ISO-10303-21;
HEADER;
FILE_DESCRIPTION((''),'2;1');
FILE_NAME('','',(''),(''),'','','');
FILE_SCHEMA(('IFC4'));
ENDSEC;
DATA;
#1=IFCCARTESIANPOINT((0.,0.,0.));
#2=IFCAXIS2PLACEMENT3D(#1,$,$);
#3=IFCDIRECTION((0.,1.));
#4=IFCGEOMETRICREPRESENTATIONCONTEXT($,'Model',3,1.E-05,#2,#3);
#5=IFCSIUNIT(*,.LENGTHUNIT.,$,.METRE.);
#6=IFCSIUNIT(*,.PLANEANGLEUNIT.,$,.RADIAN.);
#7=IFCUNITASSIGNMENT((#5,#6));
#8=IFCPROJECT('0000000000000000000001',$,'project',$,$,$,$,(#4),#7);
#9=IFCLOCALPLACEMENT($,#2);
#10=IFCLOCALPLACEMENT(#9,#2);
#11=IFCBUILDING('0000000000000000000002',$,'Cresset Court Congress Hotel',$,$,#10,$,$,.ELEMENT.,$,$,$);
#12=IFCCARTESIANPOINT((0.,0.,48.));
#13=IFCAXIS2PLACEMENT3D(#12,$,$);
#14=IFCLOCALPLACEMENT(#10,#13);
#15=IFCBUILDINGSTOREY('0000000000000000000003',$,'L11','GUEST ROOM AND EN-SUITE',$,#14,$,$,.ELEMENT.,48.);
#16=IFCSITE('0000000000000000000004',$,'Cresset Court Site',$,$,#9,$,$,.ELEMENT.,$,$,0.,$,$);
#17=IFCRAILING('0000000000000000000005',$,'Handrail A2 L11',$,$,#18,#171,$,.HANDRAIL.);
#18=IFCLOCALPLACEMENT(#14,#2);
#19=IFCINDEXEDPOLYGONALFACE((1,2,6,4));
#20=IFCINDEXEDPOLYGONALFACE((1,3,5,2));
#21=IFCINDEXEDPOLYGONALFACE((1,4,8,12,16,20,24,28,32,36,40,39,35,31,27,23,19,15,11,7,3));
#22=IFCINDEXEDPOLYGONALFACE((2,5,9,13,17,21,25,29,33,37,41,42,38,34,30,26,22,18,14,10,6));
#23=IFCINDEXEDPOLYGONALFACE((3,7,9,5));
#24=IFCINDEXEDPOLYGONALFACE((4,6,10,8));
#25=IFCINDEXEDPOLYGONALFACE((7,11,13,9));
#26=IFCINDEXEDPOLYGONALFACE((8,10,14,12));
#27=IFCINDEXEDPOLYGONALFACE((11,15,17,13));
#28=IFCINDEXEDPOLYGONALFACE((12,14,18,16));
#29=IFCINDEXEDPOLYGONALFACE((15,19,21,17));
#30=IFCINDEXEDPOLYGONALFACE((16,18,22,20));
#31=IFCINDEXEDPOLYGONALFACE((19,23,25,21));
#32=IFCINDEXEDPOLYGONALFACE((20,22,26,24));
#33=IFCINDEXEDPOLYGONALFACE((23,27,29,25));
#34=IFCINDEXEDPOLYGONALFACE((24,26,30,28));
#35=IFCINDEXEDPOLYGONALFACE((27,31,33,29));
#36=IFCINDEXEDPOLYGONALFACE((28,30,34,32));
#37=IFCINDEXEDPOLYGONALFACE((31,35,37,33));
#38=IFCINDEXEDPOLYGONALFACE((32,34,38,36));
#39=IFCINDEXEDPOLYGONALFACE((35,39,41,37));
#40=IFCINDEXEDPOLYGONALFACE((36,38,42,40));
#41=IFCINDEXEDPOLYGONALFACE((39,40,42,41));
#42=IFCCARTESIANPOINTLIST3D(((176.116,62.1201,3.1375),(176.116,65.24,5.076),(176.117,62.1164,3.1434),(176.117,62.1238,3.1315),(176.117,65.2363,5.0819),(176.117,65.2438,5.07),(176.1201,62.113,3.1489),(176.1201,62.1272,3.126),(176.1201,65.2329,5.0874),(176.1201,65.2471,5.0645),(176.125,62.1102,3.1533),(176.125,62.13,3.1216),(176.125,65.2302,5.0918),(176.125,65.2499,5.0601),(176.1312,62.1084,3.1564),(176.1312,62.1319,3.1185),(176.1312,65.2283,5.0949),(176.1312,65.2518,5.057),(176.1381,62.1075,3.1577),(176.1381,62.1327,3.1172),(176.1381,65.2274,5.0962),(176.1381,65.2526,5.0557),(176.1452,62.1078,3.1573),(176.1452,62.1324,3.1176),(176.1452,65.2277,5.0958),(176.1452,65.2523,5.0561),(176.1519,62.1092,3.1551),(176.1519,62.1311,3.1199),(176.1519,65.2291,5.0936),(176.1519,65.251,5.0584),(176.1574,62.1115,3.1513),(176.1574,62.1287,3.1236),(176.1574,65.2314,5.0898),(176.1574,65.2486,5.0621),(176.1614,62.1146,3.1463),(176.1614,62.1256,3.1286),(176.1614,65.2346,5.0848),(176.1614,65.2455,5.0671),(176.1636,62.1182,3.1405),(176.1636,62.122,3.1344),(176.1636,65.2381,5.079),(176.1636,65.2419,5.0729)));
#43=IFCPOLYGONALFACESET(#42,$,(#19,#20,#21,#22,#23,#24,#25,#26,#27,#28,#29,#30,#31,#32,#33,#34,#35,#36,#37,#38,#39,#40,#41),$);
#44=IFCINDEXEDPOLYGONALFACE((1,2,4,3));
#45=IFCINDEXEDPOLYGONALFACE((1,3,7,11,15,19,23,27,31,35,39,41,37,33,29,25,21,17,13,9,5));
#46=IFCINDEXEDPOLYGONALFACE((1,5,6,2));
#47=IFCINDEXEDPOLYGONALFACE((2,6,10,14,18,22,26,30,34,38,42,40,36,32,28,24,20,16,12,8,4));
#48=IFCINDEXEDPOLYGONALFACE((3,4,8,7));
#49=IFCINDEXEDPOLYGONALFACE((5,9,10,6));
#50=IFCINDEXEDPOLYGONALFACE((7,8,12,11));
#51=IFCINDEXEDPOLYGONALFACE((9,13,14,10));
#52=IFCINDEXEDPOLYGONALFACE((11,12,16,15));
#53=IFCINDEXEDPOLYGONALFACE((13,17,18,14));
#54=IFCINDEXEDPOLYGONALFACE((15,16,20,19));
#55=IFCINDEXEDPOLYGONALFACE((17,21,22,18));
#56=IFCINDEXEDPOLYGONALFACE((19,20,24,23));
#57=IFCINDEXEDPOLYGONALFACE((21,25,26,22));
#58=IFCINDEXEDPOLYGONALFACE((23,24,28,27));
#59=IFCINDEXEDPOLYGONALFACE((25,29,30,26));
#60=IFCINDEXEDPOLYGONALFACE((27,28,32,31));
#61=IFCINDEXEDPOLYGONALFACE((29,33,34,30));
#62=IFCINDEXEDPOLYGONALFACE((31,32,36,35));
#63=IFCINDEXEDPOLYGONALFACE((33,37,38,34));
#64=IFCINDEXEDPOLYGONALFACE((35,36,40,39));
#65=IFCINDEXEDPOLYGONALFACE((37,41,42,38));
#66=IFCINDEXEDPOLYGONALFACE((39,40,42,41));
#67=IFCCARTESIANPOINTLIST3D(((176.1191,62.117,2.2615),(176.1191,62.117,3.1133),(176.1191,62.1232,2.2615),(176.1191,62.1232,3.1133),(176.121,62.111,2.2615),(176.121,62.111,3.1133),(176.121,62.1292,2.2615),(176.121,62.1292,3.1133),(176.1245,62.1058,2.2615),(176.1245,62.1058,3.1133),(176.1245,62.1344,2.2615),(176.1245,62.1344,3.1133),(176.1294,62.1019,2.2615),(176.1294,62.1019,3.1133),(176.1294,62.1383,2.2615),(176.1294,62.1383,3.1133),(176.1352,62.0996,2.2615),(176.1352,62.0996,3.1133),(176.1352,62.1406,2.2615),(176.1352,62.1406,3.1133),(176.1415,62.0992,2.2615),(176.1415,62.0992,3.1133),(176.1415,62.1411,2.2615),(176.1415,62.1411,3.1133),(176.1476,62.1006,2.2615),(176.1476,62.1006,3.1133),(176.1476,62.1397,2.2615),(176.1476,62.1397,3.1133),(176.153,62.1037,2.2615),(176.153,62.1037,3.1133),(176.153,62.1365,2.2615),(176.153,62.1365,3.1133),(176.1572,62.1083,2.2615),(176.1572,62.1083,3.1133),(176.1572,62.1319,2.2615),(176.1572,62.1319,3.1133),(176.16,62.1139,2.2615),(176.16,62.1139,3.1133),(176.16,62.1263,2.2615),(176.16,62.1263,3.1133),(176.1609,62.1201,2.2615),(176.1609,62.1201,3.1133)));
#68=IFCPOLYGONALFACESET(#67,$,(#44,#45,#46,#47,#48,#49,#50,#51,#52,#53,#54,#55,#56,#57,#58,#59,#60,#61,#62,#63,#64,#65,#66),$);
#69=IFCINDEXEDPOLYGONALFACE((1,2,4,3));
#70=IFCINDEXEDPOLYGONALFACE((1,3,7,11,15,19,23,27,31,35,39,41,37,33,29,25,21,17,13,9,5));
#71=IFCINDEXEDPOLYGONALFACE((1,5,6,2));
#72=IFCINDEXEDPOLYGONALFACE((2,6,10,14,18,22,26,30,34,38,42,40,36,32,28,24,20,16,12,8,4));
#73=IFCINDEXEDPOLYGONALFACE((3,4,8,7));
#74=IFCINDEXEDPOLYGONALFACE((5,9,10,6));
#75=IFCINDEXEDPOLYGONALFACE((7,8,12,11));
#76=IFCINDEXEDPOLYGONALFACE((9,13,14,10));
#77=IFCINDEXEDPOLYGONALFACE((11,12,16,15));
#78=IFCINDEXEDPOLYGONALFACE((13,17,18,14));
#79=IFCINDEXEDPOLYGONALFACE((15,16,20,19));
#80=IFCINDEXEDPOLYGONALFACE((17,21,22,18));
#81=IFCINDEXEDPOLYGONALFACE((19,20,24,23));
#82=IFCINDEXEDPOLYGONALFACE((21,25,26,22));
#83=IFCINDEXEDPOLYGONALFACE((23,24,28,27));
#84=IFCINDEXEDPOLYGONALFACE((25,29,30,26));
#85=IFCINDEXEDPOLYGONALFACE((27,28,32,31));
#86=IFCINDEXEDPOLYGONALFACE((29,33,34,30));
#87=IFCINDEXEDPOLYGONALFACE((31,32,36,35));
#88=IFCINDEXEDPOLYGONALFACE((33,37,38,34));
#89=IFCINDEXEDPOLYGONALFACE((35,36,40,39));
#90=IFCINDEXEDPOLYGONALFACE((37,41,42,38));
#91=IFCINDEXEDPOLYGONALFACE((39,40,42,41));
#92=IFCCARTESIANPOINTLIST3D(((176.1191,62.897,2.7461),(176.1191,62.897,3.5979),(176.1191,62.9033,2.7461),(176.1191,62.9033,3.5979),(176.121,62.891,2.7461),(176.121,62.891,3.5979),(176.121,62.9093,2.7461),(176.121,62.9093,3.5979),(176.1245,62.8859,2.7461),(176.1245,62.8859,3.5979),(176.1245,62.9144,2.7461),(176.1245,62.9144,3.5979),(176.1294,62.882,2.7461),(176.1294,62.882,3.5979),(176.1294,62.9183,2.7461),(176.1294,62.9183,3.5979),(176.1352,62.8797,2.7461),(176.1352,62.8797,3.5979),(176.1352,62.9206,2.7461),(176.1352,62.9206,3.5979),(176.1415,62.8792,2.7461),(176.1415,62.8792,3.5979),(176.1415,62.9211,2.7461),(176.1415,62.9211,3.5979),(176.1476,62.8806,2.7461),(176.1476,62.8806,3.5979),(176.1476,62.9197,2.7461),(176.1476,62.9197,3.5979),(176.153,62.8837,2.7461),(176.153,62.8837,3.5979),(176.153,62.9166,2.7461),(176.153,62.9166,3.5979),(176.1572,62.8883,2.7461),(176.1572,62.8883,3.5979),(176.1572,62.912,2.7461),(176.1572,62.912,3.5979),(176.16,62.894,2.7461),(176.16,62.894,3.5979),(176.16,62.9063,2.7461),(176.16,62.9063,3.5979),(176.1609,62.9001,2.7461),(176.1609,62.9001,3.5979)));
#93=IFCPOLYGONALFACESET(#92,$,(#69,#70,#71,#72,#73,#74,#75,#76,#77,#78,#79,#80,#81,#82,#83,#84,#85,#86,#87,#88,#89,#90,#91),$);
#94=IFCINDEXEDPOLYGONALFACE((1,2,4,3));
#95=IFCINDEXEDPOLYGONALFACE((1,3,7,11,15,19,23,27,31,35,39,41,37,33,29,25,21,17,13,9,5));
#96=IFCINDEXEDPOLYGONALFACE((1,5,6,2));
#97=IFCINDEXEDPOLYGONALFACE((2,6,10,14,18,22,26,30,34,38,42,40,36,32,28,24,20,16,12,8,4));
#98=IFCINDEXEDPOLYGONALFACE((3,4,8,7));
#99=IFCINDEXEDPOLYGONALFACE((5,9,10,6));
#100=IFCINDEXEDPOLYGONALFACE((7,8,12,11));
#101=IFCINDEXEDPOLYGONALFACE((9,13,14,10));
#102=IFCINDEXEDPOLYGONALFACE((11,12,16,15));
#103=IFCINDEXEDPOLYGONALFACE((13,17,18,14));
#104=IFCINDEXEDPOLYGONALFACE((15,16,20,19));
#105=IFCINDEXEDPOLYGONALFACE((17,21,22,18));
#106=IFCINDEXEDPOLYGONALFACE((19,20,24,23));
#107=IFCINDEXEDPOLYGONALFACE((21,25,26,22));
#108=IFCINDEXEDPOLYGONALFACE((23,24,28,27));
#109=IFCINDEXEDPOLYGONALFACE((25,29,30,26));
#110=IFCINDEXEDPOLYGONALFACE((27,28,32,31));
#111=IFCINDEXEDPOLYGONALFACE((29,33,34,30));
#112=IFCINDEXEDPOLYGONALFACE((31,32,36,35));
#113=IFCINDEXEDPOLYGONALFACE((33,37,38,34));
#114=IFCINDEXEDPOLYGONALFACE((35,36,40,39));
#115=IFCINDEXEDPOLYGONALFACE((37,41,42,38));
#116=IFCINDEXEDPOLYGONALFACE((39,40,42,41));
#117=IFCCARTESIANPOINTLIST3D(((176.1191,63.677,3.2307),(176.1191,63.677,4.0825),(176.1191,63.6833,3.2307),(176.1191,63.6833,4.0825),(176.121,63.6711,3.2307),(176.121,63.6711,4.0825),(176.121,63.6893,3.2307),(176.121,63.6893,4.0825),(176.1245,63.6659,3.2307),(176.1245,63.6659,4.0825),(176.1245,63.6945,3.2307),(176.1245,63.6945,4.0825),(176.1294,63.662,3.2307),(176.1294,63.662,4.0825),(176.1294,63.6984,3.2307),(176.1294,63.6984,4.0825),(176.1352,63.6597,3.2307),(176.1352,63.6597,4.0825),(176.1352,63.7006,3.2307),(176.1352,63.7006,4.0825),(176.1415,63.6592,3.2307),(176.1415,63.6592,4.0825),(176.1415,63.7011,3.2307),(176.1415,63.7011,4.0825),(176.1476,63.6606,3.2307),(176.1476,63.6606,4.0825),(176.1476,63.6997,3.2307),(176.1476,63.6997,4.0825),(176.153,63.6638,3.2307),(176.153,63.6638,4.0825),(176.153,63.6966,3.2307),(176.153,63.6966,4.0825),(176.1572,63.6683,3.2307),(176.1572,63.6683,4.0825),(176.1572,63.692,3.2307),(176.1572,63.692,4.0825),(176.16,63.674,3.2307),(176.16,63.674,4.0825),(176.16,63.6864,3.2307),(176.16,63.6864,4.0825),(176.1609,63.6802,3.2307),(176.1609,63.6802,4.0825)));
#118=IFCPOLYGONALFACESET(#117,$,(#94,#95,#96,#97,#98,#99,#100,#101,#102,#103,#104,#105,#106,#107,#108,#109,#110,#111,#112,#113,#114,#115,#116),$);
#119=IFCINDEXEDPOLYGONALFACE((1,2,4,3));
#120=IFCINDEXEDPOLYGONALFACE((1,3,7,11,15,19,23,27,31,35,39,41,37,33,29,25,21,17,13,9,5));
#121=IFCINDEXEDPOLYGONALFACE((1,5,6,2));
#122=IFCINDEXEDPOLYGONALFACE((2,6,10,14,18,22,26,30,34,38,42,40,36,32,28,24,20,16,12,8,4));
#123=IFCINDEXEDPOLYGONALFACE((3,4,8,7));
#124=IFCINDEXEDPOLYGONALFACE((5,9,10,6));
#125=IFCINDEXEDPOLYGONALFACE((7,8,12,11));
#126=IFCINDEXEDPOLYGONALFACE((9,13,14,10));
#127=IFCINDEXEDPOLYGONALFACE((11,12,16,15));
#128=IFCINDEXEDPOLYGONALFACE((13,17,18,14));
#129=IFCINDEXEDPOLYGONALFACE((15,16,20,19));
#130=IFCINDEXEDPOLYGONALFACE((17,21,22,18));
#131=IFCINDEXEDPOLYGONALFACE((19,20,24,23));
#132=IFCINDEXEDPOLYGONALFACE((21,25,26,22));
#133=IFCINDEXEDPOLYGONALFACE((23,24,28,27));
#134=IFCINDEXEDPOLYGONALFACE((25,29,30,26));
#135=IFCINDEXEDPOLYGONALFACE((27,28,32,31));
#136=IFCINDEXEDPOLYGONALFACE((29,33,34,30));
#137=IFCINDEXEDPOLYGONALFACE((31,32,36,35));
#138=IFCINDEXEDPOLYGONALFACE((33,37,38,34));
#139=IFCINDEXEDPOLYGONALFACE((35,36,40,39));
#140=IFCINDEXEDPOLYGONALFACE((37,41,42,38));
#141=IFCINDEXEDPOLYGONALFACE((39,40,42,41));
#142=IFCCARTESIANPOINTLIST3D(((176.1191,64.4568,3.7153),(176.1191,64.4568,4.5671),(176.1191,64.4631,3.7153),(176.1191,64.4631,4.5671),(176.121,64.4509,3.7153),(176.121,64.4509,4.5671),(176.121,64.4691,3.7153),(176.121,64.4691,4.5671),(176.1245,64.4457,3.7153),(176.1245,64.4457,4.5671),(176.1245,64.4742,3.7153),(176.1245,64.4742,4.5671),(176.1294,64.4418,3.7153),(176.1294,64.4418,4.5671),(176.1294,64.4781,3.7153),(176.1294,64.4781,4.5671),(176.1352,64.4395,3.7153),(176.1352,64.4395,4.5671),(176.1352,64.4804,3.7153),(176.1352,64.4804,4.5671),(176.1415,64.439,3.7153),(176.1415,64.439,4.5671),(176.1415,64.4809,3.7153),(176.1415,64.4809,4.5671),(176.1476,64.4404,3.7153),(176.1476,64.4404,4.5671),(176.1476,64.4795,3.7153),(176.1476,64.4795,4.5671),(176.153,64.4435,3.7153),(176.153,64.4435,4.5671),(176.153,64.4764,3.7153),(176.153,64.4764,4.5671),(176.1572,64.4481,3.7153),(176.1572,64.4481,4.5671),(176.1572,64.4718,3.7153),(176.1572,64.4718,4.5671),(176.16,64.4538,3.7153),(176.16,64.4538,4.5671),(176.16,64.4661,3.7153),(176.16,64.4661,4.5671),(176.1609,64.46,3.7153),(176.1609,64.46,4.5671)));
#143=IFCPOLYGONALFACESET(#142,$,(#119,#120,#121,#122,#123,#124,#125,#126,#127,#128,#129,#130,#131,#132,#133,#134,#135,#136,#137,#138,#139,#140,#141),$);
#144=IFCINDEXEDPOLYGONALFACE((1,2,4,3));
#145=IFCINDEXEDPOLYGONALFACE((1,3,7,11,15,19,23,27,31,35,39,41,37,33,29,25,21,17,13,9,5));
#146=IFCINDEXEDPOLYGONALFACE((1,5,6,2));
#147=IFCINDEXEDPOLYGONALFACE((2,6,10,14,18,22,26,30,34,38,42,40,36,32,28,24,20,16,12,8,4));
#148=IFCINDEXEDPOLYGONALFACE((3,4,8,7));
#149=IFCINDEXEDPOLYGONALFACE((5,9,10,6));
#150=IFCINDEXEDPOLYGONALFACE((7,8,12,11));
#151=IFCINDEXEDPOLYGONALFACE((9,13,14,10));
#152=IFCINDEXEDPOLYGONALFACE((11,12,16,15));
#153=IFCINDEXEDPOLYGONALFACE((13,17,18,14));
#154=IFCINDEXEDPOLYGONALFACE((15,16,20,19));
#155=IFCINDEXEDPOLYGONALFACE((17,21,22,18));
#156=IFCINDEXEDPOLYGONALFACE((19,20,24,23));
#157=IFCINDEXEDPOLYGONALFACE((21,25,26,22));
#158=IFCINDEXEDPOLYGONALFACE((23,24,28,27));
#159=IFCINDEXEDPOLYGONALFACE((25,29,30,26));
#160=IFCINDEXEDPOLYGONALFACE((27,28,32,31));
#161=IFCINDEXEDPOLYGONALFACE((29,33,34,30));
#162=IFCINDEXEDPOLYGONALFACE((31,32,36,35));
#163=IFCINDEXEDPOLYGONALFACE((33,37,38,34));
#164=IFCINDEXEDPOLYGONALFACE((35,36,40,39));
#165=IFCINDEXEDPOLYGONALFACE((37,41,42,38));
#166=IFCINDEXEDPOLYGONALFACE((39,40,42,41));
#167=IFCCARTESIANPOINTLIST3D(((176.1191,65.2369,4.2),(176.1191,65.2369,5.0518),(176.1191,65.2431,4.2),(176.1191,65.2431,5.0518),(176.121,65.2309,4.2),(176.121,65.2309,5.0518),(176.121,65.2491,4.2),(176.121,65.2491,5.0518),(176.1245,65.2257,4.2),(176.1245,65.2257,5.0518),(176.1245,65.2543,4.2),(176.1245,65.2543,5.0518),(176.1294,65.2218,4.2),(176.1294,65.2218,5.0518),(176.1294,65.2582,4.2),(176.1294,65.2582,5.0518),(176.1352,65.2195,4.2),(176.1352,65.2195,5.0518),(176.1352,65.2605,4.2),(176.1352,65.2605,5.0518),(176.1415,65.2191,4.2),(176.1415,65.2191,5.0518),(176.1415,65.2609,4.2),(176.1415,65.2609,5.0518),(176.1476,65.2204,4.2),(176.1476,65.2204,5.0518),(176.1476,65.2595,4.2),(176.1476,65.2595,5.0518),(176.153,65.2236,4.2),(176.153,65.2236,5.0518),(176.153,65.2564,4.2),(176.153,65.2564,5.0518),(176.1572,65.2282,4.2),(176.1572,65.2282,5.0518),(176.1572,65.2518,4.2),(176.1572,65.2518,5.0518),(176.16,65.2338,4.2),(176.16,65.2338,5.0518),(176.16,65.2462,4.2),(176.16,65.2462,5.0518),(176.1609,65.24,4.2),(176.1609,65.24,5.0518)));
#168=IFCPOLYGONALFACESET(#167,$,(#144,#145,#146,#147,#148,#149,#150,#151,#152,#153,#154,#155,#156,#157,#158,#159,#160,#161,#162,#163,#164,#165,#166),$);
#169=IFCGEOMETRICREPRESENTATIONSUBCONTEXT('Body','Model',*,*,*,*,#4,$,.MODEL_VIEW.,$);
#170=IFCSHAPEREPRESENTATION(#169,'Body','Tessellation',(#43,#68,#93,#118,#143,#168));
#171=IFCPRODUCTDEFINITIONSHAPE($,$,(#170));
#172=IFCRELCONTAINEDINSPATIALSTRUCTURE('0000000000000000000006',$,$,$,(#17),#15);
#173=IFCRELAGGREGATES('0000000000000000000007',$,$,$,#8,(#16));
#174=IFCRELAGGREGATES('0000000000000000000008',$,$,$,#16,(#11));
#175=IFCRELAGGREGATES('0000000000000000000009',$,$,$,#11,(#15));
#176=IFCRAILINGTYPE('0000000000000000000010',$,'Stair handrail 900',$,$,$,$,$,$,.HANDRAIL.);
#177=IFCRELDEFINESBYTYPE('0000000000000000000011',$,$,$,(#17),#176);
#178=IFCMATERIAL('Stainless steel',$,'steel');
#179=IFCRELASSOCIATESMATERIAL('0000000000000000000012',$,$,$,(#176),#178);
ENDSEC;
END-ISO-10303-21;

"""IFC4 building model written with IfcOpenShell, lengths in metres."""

from ifc_helpers import new_model, si_unit, direction, frame, origin, origin_2d, place, context, subcontext, project, spatial, circle, extrude, material, type_object, element, save


model = new_model("IFC4")

# Units and contexts
model_context = context("Model", 3, precision=1e-05, world=origin(), true_north=direction((0.0, 1.0)))
body_context = subcontext(model_context, "Body", "Model", "MODEL_VIEW")
ifc_project = project(units=[si_unit("LENGTHUNIT", "METRE"), si_unit("PLANEANGLEUNIT", "RADIAN")], contexts=[model_context])

# Site, building, storey
site_placement = place(None, origin())
site = spatial("IfcSite", under=ifc_project, at=site_placement, Name="Cresset Court Site", CompositionType="ELEMENT", RefElevation=0.0)
building_placement = place(site_placement, origin())
building = spatial("IfcBuilding", under=site, at=building_placement, Name="Cresset Court Congress Hotel", CompositionType="ELEMENT")
storey_placement = place(building_placement, frame((0.0, 0.0, 48.0)))
storey = spatial("IfcBuildingStorey", under=building, at=storey_placement, Name="L11", Description="GUEST ROOM AND EN-SUITE", CompositionType="ELEMENT", Elevation=48.0)

# Railing
ifc_material_1 = material(Name="Stainless steel", Category="steel")
railing_type_1 = type_object("IfcRailingType", Name="Stair handrail 900", PredefinedType="HANDRAIL", material=ifc_material_1)
railing_1_placement = place(storey_placement, frame((176.1399, 62.1201, 2.2615)))
element("IfcRailing", 1, at=railing_1_placement, inside=storey, type_object=railing_type_1, Name="Handrail A2 L11", PredefinedType="HANDRAIL", context=body_context, shape_type="SweptSolid", body=[
    extrude(circle(Radius=0.0239, at=origin_2d()), frame((0.0, 0.0, 0.876), z_axis=(0.0, 0.849396, 0.527757), x_axis=(-1.0, 0.0, 0.0)), (0.0, 0.0, 1.0), 3.6731),
    extrude(circle(Radius=0.021, at=origin_2d()), origin(), (0.0, 0.0, 1.0), 0.8518),
    extrude(circle(Radius=0.021, at=origin_2d()), frame((0.0, 0.78, 0.4846)), (0.0, 0.0, 1.0), 0.8518),
    extrude(circle(Radius=0.021, at=origin_2d()), frame((0.0, 1.5601, 0.9692)), (0.0, 0.0, 1.0), 0.8518),
    extrude(circle(Radius=0.021, at=origin_2d()), frame((0.0, 2.3398, 1.4539)), (0.0, 0.0, 1.0), 0.8518),
    extrude(circle(Radius=0.021, at=origin_2d()), frame((0.0, 3.1199, 1.9385)), (0.0, 0.0, 1.0), 0.8518),
])

save(model, "model.ifc")
